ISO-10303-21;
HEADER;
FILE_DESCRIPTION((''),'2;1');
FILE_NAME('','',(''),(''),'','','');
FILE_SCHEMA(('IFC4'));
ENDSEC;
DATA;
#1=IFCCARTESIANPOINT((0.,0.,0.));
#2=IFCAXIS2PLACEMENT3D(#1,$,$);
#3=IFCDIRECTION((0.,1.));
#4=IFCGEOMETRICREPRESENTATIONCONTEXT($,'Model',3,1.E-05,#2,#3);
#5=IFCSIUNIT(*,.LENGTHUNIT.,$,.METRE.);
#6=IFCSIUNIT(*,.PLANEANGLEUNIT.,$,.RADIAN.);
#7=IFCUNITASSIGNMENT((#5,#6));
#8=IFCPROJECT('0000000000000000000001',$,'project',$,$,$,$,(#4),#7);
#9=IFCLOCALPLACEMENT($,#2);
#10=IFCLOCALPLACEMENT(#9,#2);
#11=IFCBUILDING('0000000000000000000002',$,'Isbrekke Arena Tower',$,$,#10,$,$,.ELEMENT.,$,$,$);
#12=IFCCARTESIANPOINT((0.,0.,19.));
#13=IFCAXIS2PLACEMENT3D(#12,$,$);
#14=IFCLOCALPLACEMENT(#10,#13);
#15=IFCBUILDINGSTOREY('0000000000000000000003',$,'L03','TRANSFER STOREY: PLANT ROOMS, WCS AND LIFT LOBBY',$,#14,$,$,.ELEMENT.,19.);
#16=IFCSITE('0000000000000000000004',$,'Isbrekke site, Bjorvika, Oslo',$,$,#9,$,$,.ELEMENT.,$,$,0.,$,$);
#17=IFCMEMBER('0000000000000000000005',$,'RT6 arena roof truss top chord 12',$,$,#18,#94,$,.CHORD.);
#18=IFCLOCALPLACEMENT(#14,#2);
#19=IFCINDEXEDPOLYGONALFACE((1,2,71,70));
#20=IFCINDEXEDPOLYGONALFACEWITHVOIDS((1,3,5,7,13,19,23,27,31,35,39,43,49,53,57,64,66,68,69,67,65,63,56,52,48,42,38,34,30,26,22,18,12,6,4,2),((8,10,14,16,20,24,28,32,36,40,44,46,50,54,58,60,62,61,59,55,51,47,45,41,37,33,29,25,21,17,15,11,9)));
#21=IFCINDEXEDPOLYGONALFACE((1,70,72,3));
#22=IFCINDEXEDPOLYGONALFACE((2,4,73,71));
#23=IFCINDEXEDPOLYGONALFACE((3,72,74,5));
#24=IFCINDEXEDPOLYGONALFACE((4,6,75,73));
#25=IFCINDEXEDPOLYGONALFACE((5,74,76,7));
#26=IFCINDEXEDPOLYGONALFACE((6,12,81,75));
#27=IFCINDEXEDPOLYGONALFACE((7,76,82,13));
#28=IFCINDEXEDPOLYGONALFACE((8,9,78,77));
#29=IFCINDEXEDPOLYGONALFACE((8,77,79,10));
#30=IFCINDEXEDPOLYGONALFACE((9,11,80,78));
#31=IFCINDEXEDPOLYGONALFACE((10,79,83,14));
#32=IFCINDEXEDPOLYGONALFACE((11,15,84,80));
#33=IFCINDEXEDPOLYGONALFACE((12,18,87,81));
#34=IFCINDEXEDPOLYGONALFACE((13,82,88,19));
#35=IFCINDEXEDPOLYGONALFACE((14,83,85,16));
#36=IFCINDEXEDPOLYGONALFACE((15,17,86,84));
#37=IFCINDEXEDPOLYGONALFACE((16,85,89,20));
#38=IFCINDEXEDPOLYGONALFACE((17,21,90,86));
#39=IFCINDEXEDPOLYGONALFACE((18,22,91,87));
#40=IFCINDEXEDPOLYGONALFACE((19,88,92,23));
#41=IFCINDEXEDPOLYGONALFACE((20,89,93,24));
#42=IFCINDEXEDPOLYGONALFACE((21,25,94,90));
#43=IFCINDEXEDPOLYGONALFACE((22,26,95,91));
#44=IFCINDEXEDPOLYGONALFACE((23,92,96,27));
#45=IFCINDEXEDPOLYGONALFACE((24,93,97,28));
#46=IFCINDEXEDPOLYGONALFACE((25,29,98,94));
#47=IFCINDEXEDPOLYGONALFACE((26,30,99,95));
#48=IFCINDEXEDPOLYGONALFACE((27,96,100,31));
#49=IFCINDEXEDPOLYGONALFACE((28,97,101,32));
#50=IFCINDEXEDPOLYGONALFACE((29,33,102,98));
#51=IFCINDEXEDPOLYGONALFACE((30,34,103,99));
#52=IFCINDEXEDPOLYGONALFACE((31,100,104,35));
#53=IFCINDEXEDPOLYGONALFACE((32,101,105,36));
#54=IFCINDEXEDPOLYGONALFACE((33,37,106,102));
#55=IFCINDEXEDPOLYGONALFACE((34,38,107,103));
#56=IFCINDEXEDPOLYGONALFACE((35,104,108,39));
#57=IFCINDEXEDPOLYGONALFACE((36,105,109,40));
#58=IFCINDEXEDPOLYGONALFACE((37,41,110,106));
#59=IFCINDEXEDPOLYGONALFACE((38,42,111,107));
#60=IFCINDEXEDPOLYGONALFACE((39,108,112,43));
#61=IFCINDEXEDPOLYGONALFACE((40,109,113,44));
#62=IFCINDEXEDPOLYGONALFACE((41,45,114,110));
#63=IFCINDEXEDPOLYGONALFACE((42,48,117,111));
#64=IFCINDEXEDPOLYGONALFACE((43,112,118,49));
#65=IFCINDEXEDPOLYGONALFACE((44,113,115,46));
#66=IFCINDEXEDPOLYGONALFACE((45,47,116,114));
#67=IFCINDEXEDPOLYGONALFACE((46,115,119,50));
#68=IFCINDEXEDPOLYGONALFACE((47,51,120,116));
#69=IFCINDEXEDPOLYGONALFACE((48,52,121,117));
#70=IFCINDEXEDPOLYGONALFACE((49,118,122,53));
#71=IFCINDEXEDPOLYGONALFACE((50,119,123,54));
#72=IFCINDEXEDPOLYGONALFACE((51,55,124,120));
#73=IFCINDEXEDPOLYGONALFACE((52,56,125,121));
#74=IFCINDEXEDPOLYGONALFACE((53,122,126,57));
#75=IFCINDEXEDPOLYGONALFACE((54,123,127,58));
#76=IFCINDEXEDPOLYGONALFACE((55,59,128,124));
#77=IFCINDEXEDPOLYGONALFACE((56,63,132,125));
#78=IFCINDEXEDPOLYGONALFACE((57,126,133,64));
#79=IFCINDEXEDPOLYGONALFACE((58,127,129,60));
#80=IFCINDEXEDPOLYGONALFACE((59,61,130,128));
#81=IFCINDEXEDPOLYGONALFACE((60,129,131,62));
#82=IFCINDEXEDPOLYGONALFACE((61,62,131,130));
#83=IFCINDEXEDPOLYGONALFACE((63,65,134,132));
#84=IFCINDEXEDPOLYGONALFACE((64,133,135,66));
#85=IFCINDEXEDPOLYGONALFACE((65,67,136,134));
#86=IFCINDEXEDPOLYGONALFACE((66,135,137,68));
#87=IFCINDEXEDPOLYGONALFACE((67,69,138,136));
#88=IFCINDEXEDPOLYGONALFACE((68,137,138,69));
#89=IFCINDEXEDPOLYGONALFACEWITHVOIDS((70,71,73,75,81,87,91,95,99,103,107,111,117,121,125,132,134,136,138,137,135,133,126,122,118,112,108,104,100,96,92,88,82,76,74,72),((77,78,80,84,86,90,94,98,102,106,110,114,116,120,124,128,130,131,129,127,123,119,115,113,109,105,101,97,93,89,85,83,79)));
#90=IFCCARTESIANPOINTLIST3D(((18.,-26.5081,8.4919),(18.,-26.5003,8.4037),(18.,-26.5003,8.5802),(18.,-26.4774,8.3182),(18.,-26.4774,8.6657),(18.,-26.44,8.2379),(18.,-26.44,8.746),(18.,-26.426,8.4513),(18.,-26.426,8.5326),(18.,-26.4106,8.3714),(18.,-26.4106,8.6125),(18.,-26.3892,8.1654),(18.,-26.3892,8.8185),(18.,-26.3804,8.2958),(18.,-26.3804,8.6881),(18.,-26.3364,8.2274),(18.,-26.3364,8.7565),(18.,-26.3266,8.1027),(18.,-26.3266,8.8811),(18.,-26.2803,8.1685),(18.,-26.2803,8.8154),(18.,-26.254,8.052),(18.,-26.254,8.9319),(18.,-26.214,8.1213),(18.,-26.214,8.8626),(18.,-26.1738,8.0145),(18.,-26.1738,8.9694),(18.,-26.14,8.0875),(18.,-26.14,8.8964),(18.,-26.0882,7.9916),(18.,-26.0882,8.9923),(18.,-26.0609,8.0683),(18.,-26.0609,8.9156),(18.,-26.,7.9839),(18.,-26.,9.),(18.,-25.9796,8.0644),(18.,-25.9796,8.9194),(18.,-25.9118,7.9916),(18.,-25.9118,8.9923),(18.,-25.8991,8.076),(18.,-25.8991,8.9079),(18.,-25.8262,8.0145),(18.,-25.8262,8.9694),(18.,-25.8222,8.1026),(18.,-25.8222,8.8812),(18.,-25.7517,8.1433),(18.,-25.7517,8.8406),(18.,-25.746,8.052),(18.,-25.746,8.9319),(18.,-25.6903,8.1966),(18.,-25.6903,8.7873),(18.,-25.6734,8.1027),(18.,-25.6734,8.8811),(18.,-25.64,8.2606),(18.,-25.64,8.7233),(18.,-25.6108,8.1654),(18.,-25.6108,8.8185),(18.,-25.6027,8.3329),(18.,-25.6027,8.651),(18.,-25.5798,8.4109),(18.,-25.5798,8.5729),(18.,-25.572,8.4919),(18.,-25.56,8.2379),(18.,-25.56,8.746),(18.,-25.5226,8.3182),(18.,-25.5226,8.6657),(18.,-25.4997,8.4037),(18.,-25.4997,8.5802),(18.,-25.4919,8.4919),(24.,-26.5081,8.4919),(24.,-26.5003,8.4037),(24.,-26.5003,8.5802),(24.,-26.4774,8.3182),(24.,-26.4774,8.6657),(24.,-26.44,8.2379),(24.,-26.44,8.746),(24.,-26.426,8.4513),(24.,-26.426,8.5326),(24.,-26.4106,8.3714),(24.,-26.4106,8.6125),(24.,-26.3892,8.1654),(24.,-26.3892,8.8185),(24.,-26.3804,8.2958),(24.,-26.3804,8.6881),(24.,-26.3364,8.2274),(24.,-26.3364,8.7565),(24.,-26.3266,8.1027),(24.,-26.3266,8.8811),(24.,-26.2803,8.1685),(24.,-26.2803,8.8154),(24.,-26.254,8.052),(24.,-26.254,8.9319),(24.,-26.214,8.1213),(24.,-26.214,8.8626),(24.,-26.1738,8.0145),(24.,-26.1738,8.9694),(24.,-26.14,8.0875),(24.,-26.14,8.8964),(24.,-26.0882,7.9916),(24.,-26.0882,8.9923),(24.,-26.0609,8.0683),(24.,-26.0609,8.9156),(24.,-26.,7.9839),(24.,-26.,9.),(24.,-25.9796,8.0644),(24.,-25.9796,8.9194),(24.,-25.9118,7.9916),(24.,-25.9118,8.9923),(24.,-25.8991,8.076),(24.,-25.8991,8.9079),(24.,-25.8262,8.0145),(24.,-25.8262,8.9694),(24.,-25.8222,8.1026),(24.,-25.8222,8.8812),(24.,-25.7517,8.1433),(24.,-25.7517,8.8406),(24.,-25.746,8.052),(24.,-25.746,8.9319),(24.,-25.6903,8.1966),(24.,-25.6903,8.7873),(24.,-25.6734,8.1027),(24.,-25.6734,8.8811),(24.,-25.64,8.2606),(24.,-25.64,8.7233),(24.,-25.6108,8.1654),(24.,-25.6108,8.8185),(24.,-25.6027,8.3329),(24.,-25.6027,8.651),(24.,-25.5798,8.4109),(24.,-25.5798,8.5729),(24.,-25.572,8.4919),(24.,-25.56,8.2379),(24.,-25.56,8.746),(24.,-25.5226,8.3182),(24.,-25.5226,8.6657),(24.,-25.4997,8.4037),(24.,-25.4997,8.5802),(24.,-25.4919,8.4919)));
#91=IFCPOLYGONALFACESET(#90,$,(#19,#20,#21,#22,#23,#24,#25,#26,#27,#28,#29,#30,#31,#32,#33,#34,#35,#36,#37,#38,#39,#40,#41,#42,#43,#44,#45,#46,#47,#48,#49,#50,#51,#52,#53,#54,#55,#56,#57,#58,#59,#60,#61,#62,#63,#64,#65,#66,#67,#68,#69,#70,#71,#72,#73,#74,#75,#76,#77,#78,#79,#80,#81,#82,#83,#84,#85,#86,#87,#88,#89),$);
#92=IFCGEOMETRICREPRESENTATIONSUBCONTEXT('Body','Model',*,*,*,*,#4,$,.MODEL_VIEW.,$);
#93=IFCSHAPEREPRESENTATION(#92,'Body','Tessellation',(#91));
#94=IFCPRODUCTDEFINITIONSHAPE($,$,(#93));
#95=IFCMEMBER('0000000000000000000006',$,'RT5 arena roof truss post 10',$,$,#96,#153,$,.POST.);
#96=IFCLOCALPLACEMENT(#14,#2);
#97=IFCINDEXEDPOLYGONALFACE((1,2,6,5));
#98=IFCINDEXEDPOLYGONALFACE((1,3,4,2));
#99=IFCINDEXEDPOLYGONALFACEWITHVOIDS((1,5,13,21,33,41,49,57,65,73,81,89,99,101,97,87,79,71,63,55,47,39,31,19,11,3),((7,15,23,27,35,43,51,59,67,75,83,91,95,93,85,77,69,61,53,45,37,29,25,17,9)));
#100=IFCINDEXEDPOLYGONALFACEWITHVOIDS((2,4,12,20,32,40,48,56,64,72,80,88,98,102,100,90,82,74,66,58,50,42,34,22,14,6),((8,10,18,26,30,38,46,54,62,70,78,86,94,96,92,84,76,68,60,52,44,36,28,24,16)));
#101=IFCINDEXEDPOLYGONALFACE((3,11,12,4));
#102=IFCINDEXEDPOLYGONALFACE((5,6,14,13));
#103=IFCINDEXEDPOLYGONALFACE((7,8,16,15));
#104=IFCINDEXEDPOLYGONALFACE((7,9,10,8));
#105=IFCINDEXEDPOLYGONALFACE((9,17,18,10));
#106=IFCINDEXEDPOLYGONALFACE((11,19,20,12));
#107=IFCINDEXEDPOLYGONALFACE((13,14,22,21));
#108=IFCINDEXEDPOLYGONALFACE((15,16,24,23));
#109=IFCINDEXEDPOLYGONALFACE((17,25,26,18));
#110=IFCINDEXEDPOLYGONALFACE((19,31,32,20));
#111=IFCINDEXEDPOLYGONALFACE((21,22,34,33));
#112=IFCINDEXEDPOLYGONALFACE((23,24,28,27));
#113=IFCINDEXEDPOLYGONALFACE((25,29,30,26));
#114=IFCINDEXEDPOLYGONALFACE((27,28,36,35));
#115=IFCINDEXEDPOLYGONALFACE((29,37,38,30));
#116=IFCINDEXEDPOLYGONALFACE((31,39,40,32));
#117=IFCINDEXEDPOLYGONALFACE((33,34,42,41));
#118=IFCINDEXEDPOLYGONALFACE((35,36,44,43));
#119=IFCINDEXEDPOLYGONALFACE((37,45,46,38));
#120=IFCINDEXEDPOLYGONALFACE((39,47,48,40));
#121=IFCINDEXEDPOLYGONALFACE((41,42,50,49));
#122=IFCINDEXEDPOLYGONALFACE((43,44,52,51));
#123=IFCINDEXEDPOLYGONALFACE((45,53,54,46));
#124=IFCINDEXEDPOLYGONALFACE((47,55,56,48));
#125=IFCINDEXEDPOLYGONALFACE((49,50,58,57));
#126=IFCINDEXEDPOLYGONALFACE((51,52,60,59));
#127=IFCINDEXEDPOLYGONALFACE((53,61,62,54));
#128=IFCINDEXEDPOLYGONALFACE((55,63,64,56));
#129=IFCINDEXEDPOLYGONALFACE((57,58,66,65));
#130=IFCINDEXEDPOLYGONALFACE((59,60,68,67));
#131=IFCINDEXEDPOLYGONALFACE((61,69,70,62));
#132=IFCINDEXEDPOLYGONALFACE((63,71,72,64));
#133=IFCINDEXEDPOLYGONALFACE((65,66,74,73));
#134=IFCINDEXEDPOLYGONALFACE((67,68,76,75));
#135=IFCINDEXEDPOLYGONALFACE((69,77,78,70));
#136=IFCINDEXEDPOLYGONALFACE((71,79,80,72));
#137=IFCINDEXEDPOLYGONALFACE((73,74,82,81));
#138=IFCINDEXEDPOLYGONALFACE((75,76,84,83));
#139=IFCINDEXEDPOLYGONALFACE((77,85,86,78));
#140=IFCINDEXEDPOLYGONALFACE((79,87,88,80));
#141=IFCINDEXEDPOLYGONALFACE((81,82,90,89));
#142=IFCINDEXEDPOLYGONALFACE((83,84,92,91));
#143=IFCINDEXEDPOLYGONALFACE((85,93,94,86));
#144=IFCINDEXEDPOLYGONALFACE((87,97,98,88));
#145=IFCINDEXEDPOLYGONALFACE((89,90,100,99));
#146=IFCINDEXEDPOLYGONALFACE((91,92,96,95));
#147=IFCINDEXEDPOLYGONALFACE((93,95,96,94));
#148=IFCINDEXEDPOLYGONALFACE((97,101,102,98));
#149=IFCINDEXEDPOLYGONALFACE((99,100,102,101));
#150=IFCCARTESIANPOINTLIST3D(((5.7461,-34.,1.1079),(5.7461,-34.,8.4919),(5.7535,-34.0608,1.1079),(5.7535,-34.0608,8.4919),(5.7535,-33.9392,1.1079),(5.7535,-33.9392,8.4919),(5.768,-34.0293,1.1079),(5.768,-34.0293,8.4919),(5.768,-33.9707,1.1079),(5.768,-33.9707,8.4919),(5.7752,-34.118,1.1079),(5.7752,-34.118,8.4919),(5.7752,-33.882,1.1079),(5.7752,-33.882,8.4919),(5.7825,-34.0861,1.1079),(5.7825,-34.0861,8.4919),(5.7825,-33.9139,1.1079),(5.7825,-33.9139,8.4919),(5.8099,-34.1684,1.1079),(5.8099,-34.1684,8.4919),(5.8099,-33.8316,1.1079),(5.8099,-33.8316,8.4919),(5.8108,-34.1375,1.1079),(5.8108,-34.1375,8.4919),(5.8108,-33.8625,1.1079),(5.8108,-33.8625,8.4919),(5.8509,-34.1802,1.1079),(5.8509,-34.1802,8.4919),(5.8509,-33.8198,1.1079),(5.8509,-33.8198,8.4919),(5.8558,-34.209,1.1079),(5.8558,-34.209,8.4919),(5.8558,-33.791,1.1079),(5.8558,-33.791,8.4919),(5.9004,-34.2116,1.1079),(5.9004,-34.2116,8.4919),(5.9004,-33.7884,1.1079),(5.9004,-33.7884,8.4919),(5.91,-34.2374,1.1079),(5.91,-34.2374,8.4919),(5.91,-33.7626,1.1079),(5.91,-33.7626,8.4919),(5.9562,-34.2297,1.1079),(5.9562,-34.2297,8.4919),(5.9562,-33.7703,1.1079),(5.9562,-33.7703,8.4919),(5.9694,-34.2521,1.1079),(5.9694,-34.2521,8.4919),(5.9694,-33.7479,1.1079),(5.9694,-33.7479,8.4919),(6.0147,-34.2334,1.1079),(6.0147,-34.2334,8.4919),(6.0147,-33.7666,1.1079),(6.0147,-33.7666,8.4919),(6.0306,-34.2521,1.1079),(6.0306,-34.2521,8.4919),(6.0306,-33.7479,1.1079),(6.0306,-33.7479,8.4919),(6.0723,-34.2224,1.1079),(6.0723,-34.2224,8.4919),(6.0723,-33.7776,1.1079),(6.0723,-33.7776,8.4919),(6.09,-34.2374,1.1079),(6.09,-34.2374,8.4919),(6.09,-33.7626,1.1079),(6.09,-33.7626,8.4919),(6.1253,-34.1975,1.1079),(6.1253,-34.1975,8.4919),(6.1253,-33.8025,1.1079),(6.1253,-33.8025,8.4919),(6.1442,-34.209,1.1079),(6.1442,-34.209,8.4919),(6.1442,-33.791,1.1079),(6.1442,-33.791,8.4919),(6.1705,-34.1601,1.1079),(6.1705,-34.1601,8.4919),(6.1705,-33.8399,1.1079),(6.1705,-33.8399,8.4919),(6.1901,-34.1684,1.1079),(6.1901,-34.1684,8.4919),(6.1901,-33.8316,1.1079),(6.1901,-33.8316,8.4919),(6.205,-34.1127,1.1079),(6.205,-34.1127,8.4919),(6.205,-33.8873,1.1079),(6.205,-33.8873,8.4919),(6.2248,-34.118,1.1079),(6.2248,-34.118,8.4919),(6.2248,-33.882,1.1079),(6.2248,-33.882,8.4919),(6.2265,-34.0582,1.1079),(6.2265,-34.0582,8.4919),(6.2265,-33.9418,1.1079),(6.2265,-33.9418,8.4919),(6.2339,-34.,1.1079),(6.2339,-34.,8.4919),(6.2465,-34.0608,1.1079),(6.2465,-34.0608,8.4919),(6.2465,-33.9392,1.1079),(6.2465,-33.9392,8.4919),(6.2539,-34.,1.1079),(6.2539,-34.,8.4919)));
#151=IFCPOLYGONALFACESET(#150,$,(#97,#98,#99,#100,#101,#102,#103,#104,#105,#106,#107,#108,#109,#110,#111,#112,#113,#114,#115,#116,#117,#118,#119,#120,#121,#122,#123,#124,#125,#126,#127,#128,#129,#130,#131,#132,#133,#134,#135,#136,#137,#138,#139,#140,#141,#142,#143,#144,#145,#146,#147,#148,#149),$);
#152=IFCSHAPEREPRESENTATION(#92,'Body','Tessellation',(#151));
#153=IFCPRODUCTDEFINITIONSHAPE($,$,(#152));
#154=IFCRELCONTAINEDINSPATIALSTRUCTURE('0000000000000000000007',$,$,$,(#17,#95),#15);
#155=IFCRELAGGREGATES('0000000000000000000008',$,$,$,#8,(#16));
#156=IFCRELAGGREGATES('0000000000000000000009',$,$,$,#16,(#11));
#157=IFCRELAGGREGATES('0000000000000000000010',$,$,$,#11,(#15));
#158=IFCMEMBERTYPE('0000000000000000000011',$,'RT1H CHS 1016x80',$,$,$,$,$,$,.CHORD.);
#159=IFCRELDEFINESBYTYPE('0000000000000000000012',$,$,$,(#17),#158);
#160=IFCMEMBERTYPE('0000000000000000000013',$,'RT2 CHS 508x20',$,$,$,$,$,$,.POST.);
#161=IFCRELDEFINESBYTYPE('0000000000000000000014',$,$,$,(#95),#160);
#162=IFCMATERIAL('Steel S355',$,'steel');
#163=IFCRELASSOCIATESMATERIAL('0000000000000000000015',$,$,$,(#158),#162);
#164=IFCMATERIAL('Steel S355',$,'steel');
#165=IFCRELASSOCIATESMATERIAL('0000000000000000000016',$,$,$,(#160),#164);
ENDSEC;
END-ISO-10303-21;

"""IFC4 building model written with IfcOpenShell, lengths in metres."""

from ifc_helpers import new_model, si_unit, direction, frame, origin, origin_2d, place, context, subcontext, project, spatial, hollow_circle, extrude, material, material_profile, profile_set, type_object, element, save


model = new_model("IFC4")

# Units and contexts
model_context = context("Model", 3, precision=1e-05, world=origin(), true_north=direction((0.0, 1.0)))
body_context = subcontext(model_context, "Body", "Model", "MODEL_VIEW")
ifc_project = project(units=[si_unit("LENGTHUNIT", "METRE"), si_unit("PLANEANGLEUNIT", "RADIAN")], contexts=[model_context])

# Site, building, storey
site_placement = place(None, origin())
site = spatial("IfcSite", under=ifc_project, at=site_placement, Name="Isbrekke site, Bjorvika, Oslo", CompositionType="ELEMENT", RefElevation=0.0)
building_placement = place(site_placement, origin())
building = spatial("IfcBuilding", under=site, at=building_placement, Name="Isbrekke Arena Tower", CompositionType="ELEMENT")
storey_placement = place(building_placement, frame((0.0, 0.0, 19.0)))
storey = spatial("IfcBuildingStorey", under=building, at=storey_placement, Name="L03", Description="TRANSFER STOREY: PLANT ROOMS, WCS AND LIFT LOBBY", CompositionType="ELEMENT", Elevation=19.0)

# Members
ifc_material_1 = material(Name="Steel S355", Category="steel")
ifc_material_profile_1 = material_profile(ifc_material_1, hollow_circle(Radius=0.5081, WallThickness=0.0801, at=origin_2d()), Name="CHS 1016x80")
ifc_profile_set_1 = profile_set([ifc_material_profile_1], Name="Steel S355")
member_type_1 = type_object("IfcMemberType", Name="RT1H CHS 1016x80", PredefinedType="CHORD", material=ifc_profile_set_1)
for number, where, z_axis, x_axis, name in (
    (1, (18.0, -26.0, 8.4919), (1.0, 0.0, 0.0), (0.0, 1.0, 0.0), "RT6 arena roof truss top chord 12"),
):
    element("IfcMember", number, at=place(storey_placement, frame(where, z_axis=z_axis, x_axis=x_axis)), inside=storey, type_object=member_type_1, Name=name, PredefinedType="CHORD", context=body_context, shape_type="SweptSolid", body=[
        extrude(hollow_circle(Radius=0.5081, WallThickness=0.0801, at=origin_2d()), origin(), (0.0, 0.0, 1.0), 6.0),
    ])
ifc_material_2 = material(Name="Steel S355", Category="steel")
ifc_material_profile_2 = material_profile(ifc_material_2, hollow_circle(Radius=0.2539, WallThickness=0.02, at=origin_2d()), Name="CHS 508x20")
ifc_profile_set_2 = profile_set([ifc_material_profile_2], Name="Steel S355")
member_type_2 = type_object("IfcMemberType", Name="RT2 CHS 508x20", PredefinedType="POST", material=ifc_profile_set_2)
for number, where, z_axis, x_axis, name in (
    (2, (6.0, -34.0, 1.1079), (0.0, 0.0, 1.0), (1.0, 0.0, 0.0), "RT5 arena roof truss post 10"),
):
    element("IfcMember", number, at=place(storey_placement, frame(where, z_axis=z_axis, x_axis=x_axis)), inside=storey, type_object=member_type_2, Name=name, PredefinedType="POST", context=body_context, shape_type="SweptSolid", body=[
        extrude(hollow_circle(Radius=0.2539, WallThickness=0.02, at=origin_2d()), origin(), (0.0, 0.0, 1.0), 7.384),
    ])

save(model, "model.ifc")
